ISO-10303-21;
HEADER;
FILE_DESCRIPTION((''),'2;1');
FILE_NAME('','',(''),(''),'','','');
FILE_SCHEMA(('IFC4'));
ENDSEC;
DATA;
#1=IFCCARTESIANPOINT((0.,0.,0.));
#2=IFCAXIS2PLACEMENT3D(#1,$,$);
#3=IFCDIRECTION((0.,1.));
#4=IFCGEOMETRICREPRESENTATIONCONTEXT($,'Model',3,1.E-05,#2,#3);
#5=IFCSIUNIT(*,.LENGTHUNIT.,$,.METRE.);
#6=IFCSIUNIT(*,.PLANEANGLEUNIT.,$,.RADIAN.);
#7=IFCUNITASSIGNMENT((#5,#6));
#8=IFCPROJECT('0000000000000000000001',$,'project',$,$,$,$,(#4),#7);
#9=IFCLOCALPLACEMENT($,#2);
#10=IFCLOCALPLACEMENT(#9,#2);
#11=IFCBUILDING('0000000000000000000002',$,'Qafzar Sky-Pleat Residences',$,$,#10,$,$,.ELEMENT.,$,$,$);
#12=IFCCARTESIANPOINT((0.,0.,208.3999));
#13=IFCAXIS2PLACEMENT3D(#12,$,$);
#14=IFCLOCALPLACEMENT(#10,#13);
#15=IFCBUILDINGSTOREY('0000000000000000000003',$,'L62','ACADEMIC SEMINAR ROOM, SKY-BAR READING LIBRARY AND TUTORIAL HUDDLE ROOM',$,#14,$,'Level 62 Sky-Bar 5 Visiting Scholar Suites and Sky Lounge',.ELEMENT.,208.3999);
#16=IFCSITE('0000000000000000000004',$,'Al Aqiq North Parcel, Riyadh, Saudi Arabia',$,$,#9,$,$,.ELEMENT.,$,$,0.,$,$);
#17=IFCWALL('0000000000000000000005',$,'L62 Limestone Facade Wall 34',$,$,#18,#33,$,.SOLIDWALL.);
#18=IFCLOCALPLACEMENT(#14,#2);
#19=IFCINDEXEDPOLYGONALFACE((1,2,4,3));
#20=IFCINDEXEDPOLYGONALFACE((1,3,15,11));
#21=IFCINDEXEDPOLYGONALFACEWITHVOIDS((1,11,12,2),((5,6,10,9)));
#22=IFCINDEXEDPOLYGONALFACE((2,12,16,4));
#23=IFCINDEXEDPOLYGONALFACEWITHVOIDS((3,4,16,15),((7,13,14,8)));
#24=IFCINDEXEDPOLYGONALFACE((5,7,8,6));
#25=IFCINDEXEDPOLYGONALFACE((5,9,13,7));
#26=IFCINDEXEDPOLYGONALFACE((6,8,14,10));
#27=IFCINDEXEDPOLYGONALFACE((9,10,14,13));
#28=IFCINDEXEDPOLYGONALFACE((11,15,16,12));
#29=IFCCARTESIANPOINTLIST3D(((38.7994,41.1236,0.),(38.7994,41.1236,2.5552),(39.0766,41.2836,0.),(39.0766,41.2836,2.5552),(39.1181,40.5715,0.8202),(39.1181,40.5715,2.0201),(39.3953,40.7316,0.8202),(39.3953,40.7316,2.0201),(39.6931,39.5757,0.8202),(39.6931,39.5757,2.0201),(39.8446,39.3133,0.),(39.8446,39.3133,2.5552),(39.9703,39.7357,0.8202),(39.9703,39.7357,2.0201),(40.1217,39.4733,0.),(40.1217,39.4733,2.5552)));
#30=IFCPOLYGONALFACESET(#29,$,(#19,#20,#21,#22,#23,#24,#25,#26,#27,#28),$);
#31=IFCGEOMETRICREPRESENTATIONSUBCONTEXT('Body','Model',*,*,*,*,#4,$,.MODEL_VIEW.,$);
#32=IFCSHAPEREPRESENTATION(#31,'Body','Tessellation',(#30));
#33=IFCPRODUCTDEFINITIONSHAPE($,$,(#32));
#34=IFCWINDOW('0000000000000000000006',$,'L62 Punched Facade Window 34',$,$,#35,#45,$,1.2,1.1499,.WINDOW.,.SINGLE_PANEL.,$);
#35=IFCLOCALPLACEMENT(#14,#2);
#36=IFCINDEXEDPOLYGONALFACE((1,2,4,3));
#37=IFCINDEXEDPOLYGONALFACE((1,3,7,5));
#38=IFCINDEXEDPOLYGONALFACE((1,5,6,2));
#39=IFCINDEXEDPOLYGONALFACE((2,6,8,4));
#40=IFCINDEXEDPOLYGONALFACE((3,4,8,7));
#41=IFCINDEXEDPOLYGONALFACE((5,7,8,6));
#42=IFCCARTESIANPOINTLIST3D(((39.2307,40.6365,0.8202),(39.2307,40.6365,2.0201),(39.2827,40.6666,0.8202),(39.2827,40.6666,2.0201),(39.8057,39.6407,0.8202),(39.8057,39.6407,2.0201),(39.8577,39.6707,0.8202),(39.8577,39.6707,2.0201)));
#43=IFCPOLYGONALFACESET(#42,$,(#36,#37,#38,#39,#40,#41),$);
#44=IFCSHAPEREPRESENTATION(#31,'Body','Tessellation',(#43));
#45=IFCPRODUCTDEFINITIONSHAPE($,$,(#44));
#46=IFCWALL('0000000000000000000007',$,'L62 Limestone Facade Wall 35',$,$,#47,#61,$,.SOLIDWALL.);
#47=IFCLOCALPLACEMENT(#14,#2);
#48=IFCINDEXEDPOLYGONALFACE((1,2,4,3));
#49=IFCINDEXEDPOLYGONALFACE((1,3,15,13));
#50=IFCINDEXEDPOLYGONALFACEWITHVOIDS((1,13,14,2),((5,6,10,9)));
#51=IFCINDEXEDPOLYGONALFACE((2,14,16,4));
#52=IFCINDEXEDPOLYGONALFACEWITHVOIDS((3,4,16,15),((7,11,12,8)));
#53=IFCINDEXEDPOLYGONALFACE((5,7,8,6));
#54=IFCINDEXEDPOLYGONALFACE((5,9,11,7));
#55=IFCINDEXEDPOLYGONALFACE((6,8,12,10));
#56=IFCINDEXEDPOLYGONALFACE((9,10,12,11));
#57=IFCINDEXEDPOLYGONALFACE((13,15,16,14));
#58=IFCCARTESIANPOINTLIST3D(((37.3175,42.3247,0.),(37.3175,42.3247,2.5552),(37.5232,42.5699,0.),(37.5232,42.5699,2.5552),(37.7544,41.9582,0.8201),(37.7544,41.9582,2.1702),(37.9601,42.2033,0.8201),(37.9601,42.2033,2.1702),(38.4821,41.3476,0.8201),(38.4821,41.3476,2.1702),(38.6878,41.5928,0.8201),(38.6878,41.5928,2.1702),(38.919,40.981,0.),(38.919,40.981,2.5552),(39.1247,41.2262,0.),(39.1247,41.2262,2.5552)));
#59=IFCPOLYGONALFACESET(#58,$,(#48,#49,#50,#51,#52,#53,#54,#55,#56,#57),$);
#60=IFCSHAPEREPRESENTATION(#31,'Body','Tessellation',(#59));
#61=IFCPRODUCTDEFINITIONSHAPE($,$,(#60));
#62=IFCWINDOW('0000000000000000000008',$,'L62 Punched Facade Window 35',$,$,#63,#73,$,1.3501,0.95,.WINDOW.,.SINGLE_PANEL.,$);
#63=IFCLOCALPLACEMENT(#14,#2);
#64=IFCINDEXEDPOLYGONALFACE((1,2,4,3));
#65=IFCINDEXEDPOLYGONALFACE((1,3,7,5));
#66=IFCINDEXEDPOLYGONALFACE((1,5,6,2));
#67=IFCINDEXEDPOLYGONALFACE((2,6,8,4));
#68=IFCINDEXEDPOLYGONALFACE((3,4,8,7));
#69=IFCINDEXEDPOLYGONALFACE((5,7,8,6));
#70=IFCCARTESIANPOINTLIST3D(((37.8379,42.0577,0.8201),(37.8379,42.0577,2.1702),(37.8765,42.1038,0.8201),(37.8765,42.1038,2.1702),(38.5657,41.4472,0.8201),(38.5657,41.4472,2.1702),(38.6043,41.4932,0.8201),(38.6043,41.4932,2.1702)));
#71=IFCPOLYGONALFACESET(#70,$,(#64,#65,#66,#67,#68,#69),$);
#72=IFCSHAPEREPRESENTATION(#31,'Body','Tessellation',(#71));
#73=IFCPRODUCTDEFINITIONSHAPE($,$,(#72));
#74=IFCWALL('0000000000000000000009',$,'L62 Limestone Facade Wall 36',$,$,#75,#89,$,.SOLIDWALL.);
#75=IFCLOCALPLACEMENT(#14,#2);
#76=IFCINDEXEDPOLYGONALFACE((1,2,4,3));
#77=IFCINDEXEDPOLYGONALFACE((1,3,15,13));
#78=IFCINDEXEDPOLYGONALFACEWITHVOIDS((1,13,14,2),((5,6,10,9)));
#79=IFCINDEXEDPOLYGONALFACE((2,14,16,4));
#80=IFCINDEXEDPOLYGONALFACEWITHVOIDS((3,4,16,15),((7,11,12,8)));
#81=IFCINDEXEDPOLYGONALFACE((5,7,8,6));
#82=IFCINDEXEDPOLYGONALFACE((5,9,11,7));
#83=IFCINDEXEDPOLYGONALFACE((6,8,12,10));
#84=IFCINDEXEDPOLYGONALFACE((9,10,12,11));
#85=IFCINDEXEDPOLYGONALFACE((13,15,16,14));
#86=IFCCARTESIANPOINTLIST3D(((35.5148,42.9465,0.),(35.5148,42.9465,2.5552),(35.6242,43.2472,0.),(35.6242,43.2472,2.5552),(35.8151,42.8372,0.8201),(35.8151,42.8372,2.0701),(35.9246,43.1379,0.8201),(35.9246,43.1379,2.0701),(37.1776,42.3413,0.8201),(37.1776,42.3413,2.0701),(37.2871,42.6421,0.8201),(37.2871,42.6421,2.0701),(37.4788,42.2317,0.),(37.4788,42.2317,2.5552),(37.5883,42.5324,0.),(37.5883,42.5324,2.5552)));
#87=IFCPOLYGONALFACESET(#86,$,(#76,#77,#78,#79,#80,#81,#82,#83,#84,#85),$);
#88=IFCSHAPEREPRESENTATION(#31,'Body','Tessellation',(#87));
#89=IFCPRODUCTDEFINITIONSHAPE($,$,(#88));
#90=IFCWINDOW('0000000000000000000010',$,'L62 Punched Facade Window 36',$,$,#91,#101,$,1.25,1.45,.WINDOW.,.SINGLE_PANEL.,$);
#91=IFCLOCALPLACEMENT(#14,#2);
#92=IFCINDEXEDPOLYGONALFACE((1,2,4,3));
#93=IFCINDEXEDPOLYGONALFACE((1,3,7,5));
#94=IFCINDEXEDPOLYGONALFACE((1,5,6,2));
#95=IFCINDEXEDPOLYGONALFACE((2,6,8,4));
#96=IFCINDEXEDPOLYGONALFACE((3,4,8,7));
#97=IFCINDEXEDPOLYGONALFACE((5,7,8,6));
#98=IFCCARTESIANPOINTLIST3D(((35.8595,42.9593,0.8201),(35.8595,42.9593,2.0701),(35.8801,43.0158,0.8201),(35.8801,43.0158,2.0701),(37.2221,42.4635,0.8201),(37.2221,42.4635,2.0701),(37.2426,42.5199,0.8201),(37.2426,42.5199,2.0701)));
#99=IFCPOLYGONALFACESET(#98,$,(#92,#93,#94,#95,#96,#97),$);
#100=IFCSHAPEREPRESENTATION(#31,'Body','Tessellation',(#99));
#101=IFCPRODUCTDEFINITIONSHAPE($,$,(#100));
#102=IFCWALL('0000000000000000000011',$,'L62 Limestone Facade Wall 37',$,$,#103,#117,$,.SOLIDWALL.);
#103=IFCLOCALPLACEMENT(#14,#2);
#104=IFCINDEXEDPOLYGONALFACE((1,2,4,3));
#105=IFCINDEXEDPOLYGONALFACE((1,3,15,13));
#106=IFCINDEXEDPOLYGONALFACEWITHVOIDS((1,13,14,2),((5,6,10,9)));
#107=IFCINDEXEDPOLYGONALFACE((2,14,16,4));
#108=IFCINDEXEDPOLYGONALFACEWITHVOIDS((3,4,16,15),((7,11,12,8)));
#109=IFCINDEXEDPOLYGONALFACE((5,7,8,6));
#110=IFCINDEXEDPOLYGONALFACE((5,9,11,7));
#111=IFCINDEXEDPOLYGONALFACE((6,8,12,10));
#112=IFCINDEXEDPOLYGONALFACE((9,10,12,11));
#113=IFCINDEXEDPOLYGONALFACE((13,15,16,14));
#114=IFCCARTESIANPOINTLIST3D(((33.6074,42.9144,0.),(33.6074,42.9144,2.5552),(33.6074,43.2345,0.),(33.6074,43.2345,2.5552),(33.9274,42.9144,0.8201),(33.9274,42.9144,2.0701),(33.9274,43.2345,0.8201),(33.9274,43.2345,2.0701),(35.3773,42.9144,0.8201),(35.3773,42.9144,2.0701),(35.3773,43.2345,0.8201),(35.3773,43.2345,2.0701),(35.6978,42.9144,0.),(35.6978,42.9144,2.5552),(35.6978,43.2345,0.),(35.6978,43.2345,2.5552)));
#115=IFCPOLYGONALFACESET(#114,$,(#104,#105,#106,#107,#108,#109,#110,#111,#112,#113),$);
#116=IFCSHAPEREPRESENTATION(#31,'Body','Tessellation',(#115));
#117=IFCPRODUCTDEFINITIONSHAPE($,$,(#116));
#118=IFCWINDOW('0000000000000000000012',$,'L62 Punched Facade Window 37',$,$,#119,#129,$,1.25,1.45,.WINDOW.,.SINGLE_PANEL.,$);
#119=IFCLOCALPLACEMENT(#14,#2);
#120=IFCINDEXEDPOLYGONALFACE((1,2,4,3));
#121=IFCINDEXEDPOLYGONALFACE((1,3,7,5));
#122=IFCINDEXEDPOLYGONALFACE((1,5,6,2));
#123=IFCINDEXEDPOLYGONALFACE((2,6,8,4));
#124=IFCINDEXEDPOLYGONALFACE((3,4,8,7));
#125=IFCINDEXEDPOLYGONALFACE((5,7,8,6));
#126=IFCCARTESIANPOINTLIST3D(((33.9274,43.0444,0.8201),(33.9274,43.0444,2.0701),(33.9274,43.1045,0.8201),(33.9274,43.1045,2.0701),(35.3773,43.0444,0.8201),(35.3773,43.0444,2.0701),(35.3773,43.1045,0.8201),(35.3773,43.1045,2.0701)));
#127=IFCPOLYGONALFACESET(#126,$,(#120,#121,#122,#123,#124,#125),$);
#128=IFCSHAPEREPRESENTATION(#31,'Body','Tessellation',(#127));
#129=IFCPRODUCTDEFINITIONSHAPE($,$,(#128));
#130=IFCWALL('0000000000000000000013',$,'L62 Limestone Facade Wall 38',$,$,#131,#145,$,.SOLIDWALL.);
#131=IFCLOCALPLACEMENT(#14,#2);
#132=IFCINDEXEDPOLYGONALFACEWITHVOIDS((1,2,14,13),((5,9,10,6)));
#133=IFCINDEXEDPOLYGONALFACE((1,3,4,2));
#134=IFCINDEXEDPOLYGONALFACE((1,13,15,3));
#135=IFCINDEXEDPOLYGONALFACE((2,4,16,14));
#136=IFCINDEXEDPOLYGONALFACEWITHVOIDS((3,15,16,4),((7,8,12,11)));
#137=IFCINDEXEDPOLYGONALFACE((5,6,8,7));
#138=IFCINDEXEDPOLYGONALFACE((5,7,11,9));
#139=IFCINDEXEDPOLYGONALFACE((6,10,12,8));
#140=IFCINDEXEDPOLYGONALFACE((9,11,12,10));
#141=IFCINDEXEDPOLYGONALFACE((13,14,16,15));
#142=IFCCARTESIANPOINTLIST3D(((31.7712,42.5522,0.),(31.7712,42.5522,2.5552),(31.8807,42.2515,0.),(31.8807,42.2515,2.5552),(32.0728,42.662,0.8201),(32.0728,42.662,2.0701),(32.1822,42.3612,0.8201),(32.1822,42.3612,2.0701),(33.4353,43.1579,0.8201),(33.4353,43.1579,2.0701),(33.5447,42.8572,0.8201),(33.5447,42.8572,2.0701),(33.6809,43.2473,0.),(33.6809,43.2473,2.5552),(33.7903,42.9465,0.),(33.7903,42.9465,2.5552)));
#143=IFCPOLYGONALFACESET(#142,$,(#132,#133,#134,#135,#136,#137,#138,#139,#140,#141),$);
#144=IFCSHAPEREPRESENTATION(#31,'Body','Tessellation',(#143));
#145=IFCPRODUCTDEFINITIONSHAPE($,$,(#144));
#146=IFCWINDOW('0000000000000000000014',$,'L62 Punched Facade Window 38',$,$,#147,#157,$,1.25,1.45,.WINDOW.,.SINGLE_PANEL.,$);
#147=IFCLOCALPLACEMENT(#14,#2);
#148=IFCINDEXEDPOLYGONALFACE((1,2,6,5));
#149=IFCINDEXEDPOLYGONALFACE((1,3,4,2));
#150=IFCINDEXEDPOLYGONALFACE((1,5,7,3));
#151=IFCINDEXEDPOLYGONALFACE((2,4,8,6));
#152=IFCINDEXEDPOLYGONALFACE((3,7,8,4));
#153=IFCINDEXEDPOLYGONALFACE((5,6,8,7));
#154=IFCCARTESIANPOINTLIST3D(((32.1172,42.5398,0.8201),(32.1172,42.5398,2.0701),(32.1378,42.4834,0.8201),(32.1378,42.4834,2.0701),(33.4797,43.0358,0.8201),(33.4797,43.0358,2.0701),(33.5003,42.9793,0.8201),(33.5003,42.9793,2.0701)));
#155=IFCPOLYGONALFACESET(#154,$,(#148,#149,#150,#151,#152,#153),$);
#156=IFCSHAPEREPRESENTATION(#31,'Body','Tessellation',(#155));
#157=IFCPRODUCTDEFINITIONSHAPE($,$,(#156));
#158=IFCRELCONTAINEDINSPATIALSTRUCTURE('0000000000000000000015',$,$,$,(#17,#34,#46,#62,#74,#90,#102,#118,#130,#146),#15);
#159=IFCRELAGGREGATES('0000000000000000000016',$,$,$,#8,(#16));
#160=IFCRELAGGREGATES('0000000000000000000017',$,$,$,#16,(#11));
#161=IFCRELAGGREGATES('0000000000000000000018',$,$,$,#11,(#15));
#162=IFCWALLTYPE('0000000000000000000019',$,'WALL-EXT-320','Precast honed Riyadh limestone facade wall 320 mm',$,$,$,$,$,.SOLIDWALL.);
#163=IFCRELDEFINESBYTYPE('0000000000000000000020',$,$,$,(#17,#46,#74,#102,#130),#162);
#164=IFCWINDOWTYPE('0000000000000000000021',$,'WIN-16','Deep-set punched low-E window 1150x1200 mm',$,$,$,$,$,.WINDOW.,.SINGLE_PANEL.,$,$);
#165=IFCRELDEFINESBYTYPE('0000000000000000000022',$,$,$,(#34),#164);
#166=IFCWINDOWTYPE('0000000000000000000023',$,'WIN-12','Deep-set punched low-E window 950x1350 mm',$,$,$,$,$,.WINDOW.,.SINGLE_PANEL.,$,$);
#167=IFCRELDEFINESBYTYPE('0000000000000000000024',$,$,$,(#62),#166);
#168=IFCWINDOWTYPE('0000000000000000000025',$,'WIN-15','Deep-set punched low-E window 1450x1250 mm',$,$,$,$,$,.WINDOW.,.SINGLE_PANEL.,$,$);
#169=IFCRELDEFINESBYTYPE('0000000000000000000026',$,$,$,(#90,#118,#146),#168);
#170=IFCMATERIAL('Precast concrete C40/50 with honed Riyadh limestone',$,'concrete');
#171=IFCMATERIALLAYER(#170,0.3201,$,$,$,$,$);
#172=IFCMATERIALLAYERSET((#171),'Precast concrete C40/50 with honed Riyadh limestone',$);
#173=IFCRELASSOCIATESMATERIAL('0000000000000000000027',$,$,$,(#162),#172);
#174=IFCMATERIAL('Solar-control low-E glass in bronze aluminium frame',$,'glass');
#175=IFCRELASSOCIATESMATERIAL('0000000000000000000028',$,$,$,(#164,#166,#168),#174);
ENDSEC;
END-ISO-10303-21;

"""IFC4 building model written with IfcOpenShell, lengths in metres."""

from ifc_helpers import new_model, si_unit, direction, frame, frame_2d, origin, place, context, subcontext, project, spatial, rectangle, extrude, source, transform, mapped, material, layer, layer_set, type_object, element, fill, save


model = new_model("IFC4")

# Units and contexts
model_context = context("Model", 3, precision=1e-05, world=origin(), true_north=direction((0.0, 1.0)))
body_context = subcontext(model_context, "Body", "Model", "MODEL_VIEW")
ifc_project = project(units=[si_unit("LENGTHUNIT", "METRE"), si_unit("PLANEANGLEUNIT", "RADIAN")], contexts=[model_context])

# Site, building, storey
site_placement = place(None, origin())
site = spatial("IfcSite", under=ifc_project, at=site_placement, Name="Al Aqiq North Parcel, Riyadh, Saudi Arabia", CompositionType="ELEMENT", RefElevation=0.0)
building_placement = place(site_placement, origin())
building = spatial("IfcBuilding", under=site, at=building_placement, Name="Qafzar Sky-Pleat Residences", CompositionType="ELEMENT")
storey_placement = place(building_placement, frame((0.0, 0.0, 208.3999)))
storey = spatial("IfcBuildingStorey", under=building, at=storey_placement, Name="L62", Description="ACADEMIC SEMINAR ROOM, SKY-BAR READING LIBRARY AND TUTORIAL HUDDLE ROOM", LongName="Level 62 Sky-Bar 5 Visiting Scholar Suites and Sky Lounge", CompositionType="ELEMENT", Elevation=208.3999)

# Shared definitions
ifc_material_1 = material(Name="Precast concrete C40/50 with honed Riyadh limestone", Category="concrete")

# Walls, openings, windows
ifc_layer_1 = layer(ifc_material_1, 0.3201)
ifc_layer_set_1 = layer_set([ifc_layer_1], Name="Precast concrete C40/50 with honed Riyadh limestone")
wall_type_1 = type_object("IfcWallType", Name="WALL-EXT-320", Description="Precast honed Riyadh limestone facade wall 320 mm", PredefinedType="SOLIDWALL", material=ifc_layer_set_1)
ifc_material_2 = material(Name="Solar-control low-E glass in bronze aluminium frame", Category="glass")
wall_1_placement = place(storey_placement, frame((39.9832, 39.3933, 0.0), z_axis=(0.0, 0.0, 1.0), x_axis=(-0.499995, 0.866028, 0.0)))
wall_1 = element("IfcWall", 1, at=wall_1_placement, inside=storey, type_object=wall_type_1, Name="L62 Limestone Facade Wall 34", PredefinedType="SOLIDWALL", context=body_context, shape_type="SweptSolid", body=[
    extrude(rectangle(XDim=2.0903, YDim=0.3201, at=frame_2d((1.0452, 0.0))), origin(), (0.0, 0.0, 1.0), 2.5552),
])
opening_1_placement = place(wall_1_placement, frame((0.303, 0.0, 0.8201)))
opening_1 = element("IfcOpeningElement", 2, at=opening_1_placement, cuts=wall_1, PredefinedType="OPENING", context=body_context, shape_type="SweptSolid", body=[
    extrude(rectangle(XDim=1.1499, YDim=1.2, at=frame_2d((0.575, 0.6001))), frame((0.0, 0.1699, 0.0), z_axis=(0.0, -1.0, 0.0), x_axis=(1.0, 0.0, 0.0)), (0.0, 0.0, 1.0), 0.3401),
])
window_type_1 = type_object("IfcWindowType", Name="WIN-16", Description="Deep-set punched low-E window 1150x1200 mm", PartitioningType="SINGLE_PANEL", PredefinedType="WINDOW", material=ifc_material_2)
shared_shape_1 = source(origin(), body_context, "Body", "SweptSolid", [
    extrude(rectangle(XDim=1.1499, YDim=1.2, at=frame_2d((0.575, 0.6001))), frame((0.0, 0.03, 0.0), z_axis=(0.0, -1.0, 0.0), x_axis=(1.0, 0.0, 0.0)), (0.0, 0.0, 1.0), 0.0601),
])
window_1_placement = place(opening_1_placement, origin())
window_1 = element("IfcWindow", 3, at=window_1_placement, inside=storey, type_object=window_type_1, Name="L62 Punched Facade Window 34", OverallHeight=1.2, OverallWidth=1.1499, PartitioningType="SINGLE_PANEL", PredefinedType="WINDOW", context=body_context, shape_type="MappedRepresentation", body=[
    mapped(shared_shape_1, transform((0.0, 0.0, 0.0), x_axis=(1.0, 0.0, 0.0), y_axis=(0.0, 1.0, 0.0), z_axis=(0.0, 0.0, 1.0), scale=1.0)),
])
fill(opening_1, window_1)
wall_2_placement = place(storey_placement, frame((39.022, 41.1035, 0.0), z_axis=(0.0, 0.0, 1.0), x_axis=(-0.766073, 0.642754, 0.0)))
wall_2 = element("IfcWall", 4, at=wall_2_placement, inside=storey, type_object=wall_type_1, Name="L62 Limestone Facade Wall 35", PredefinedType="SOLIDWALL", context=body_context, shape_type="SweptSolid", body=[
    extrude(rectangle(XDim=2.0906, YDim=0.3201, at=frame_2d((1.0454, 0.0))), origin(), (0.0, 0.0, 1.0), 2.5552),
])
opening_2_placement = place(wall_2_placement, frame((0.5703, 0.0, 0.8201)))
opening_2 = element("IfcOpeningElement", 5, at=opening_2_placement, cuts=wall_2, PredefinedType="OPENING", context=body_context, shape_type="SweptSolid", body=[
    extrude(rectangle(XDim=0.95, YDim=1.3501, at=frame_2d((0.4751, 0.675))), frame((0.0, 0.1699, 0.0), z_axis=(0.0, -1.0, 0.0), x_axis=(1.0, 0.0, 0.0)), (0.0, 0.0, 1.0), 0.3401),
])
window_type_2 = type_object("IfcWindowType", Name="WIN-12", Description="Deep-set punched low-E window 950x1350 mm", PartitioningType="SINGLE_PANEL", PredefinedType="WINDOW", material=ifc_material_2)
shared_shape_2 = source(origin(), body_context, "Body", "SweptSolid", [
    extrude(rectangle(XDim=0.95, YDim=1.3501, at=frame_2d((0.4751, 0.675))), frame((0.0, 0.03, 0.0), z_axis=(0.0, -1.0, 0.0), x_axis=(1.0, 0.0, 0.0)), (0.0, 0.0, 1.0), 0.0601),
])
window_2_placement = place(opening_2_placement, origin())
window_2 = element("IfcWindow", 6, at=window_2_placement, inside=storey, type_object=window_type_2, Name="L62 Punched Facade Window 35", OverallHeight=1.3501, OverallWidth=0.95, PartitioningType="SINGLE_PANEL", PredefinedType="WINDOW", context=body_context, shape_type="MappedRepresentation", body=[
    mapped(shared_shape_2, transform((0.0, 0.0, 0.0), x_axis=(1.0, 0.0, 0.0), y_axis=(0.0, 1.0, 0.0), z_axis=(0.0, 0.0, 1.0), scale=1.0)),
])
fill(opening_2, window_2)
wall_3_placement = place(storey_placement, frame((37.5334, 42.3821, 0.0), z_axis=(0.0, 0.0, 1.0), x_axis=(-0.939698, 0.342006, 0.0)))
wall_3 = element("IfcWall", 7, at=wall_3_placement, inside=storey, type_object=wall_type_1, Name="L62 Limestone Facade Wall 36", PredefinedType="SOLIDWALL", context=body_context, shape_type="SweptSolid", body=[
    extrude(rectangle(XDim=2.0901, YDim=0.3201, at=frame_2d((1.0449, 0.0))), origin(), (0.0, 0.0, 1.0), 2.5552),
])
opening_3_placement = place(wall_3_placement, frame((0.3203, 0.0, 0.8201)))
opening_3 = element("IfcOpeningElement", 8, at=opening_3_placement, cuts=wall_3, PredefinedType="OPENING", context=body_context, shape_type="SweptSolid", body=[
    extrude(rectangle(XDim=1.45, YDim=1.25, at=frame_2d((0.7251, 0.625))), frame((0.0, 0.1699, 0.0), z_axis=(0.0, -1.0, 0.0), x_axis=(1.0, 0.0, 0.0)), (0.0, 0.0, 1.0), 0.3401),
])
window_type_3 = type_object("IfcWindowType", Name="WIN-15", Description="Deep-set punched low-E window 1450x1250 mm", PartitioningType="SINGLE_PANEL", PredefinedType="WINDOW", material=ifc_material_2)
shared_shape_3 = source(origin(), body_context, "Body", "SweptSolid", [
    extrude(rectangle(XDim=1.45, YDim=1.25, at=frame_2d((0.7251, 0.625))), frame((0.0, 0.03, 0.0), z_axis=(0.0, -1.0, 0.0), x_axis=(1.0, 0.0, 0.0)), (0.0, 0.0, 1.0), 0.0601),
])
window_3_placement = place(opening_3_placement, origin())
window_3 = element("IfcWindow", 9, at=window_3_placement, inside=storey, type_object=window_type_3, Name="L62 Punched Facade Window 36", OverallHeight=1.25, OverallWidth=1.45, PartitioningType="SINGLE_PANEL", PredefinedType="WINDOW", context=body_context, shape_type="MappedRepresentation", body=[
    mapped(shared_shape_3, transform((0.0, 0.0, 0.0), x_axis=(1.0, 0.0, 0.0), y_axis=(0.0, 1.0, 0.0), z_axis=(0.0, 0.0, 1.0), scale=1.0)),
])
fill(opening_3, window_3)
wall_4_placement = place(storey_placement, frame((35.6978, 43.0745, 0.0), z_axis=(0.0, 0.0, 1.0), x_axis=(-1.0, 0.0, 0.0)))
wall_4 = element("IfcWall", 10, at=wall_4_placement, inside=storey, type_object=wall_type_1, Name="L62 Limestone Facade Wall 37", PredefinedType="SOLIDWALL", context=body_context, shape_type="SweptSolid", body=[
    extrude(rectangle(XDim=2.0903, YDim=0.3201, at=frame_2d((1.0452, 0.0))), origin(), (0.0, 0.0, 1.0), 2.5552),
])
opening_4_placement = place(wall_4_placement, frame((0.3203, 0.0, 0.8201)))
opening_4 = element("IfcOpeningElement", 11, at=opening_4_placement, cuts=wall_4, PredefinedType="OPENING", context=body_context, shape_type="SweptSolid", body=[
    extrude(rectangle(XDim=1.45, YDim=1.25, at=frame_2d((0.7251, 0.625))), frame((0.0, 0.1699, 0.0), z_axis=(0.0, -1.0, 0.0), x_axis=(1.0, 0.0, 0.0)), (0.0, 0.0, 1.0), 0.3401),
])
window_4_placement = place(opening_4_placement, origin())
window_4 = element("IfcWindow", 12, at=window_4_placement, inside=storey, type_object=window_type_3, Name="L62 Punched Facade Window 37", OverallHeight=1.25, OverallWidth=1.45, PartitioningType="SINGLE_PANEL", PredefinedType="WINDOW", context=body_context, shape_type="MappedRepresentation", body=[
    mapped(shared_shape_3, transform((0.0, 0.0, 0.0), x_axis=(1.0, 0.0, 0.0), y_axis=(0.0, 1.0, 0.0), z_axis=(0.0, 0.0, 1.0), scale=1.0)),
])
fill(opening_4, window_4)
wall_5_placement = place(storey_placement, frame((33.7356, 43.0969, 0.0), z_axis=(0.0, 0.0, 1.0), x_axis=(-0.939692, -0.342023, 0.0)))
wall_5 = element("IfcWall", 13, at=wall_5_placement, inside=storey, type_object=wall_type_1, Name="L62 Limestone Facade Wall 38", PredefinedType="SOLIDWALL", context=body_context, shape_type="SweptSolid", body=[
    extrude(rectangle(XDim=2.0322, YDim=0.3201, at=frame_2d((1.0161, 0.0))), origin(), (0.0, 0.0, 1.0), 2.5552),
])
opening_5_placement = place(wall_5_placement, frame((0.2612, 0.0, 0.8201)))
opening_5 = element("IfcOpeningElement", 14, at=opening_5_placement, cuts=wall_5, PredefinedType="OPENING", context=body_context, shape_type="SweptSolid", body=[
    extrude(rectangle(XDim=1.45, YDim=1.25, at=frame_2d((0.7251, 0.625))), frame((0.0, 0.1699, 0.0), z_axis=(0.0, -1.0, 0.0), x_axis=(1.0, 0.0, 0.0)), (0.0, 0.0, 1.0), 0.3401),
])
window_5_placement = place(opening_5_placement, origin())
window_5 = element("IfcWindow", 15, at=window_5_placement, inside=storey, type_object=window_type_3, Name="L62 Punched Facade Window 38", OverallHeight=1.25, OverallWidth=1.45, PartitioningType="SINGLE_PANEL", PredefinedType="WINDOW", context=body_context, shape_type="MappedRepresentation", body=[
    mapped(shared_shape_3, transform((0.0, 0.0, 0.0), x_axis=(1.0, 0.0, 0.0), y_axis=(0.0, 1.0, 0.0), z_axis=(0.0, 0.0, 1.0), scale=1.0)),
])
fill(opening_5, window_5)

save(model, "model.ifc")
